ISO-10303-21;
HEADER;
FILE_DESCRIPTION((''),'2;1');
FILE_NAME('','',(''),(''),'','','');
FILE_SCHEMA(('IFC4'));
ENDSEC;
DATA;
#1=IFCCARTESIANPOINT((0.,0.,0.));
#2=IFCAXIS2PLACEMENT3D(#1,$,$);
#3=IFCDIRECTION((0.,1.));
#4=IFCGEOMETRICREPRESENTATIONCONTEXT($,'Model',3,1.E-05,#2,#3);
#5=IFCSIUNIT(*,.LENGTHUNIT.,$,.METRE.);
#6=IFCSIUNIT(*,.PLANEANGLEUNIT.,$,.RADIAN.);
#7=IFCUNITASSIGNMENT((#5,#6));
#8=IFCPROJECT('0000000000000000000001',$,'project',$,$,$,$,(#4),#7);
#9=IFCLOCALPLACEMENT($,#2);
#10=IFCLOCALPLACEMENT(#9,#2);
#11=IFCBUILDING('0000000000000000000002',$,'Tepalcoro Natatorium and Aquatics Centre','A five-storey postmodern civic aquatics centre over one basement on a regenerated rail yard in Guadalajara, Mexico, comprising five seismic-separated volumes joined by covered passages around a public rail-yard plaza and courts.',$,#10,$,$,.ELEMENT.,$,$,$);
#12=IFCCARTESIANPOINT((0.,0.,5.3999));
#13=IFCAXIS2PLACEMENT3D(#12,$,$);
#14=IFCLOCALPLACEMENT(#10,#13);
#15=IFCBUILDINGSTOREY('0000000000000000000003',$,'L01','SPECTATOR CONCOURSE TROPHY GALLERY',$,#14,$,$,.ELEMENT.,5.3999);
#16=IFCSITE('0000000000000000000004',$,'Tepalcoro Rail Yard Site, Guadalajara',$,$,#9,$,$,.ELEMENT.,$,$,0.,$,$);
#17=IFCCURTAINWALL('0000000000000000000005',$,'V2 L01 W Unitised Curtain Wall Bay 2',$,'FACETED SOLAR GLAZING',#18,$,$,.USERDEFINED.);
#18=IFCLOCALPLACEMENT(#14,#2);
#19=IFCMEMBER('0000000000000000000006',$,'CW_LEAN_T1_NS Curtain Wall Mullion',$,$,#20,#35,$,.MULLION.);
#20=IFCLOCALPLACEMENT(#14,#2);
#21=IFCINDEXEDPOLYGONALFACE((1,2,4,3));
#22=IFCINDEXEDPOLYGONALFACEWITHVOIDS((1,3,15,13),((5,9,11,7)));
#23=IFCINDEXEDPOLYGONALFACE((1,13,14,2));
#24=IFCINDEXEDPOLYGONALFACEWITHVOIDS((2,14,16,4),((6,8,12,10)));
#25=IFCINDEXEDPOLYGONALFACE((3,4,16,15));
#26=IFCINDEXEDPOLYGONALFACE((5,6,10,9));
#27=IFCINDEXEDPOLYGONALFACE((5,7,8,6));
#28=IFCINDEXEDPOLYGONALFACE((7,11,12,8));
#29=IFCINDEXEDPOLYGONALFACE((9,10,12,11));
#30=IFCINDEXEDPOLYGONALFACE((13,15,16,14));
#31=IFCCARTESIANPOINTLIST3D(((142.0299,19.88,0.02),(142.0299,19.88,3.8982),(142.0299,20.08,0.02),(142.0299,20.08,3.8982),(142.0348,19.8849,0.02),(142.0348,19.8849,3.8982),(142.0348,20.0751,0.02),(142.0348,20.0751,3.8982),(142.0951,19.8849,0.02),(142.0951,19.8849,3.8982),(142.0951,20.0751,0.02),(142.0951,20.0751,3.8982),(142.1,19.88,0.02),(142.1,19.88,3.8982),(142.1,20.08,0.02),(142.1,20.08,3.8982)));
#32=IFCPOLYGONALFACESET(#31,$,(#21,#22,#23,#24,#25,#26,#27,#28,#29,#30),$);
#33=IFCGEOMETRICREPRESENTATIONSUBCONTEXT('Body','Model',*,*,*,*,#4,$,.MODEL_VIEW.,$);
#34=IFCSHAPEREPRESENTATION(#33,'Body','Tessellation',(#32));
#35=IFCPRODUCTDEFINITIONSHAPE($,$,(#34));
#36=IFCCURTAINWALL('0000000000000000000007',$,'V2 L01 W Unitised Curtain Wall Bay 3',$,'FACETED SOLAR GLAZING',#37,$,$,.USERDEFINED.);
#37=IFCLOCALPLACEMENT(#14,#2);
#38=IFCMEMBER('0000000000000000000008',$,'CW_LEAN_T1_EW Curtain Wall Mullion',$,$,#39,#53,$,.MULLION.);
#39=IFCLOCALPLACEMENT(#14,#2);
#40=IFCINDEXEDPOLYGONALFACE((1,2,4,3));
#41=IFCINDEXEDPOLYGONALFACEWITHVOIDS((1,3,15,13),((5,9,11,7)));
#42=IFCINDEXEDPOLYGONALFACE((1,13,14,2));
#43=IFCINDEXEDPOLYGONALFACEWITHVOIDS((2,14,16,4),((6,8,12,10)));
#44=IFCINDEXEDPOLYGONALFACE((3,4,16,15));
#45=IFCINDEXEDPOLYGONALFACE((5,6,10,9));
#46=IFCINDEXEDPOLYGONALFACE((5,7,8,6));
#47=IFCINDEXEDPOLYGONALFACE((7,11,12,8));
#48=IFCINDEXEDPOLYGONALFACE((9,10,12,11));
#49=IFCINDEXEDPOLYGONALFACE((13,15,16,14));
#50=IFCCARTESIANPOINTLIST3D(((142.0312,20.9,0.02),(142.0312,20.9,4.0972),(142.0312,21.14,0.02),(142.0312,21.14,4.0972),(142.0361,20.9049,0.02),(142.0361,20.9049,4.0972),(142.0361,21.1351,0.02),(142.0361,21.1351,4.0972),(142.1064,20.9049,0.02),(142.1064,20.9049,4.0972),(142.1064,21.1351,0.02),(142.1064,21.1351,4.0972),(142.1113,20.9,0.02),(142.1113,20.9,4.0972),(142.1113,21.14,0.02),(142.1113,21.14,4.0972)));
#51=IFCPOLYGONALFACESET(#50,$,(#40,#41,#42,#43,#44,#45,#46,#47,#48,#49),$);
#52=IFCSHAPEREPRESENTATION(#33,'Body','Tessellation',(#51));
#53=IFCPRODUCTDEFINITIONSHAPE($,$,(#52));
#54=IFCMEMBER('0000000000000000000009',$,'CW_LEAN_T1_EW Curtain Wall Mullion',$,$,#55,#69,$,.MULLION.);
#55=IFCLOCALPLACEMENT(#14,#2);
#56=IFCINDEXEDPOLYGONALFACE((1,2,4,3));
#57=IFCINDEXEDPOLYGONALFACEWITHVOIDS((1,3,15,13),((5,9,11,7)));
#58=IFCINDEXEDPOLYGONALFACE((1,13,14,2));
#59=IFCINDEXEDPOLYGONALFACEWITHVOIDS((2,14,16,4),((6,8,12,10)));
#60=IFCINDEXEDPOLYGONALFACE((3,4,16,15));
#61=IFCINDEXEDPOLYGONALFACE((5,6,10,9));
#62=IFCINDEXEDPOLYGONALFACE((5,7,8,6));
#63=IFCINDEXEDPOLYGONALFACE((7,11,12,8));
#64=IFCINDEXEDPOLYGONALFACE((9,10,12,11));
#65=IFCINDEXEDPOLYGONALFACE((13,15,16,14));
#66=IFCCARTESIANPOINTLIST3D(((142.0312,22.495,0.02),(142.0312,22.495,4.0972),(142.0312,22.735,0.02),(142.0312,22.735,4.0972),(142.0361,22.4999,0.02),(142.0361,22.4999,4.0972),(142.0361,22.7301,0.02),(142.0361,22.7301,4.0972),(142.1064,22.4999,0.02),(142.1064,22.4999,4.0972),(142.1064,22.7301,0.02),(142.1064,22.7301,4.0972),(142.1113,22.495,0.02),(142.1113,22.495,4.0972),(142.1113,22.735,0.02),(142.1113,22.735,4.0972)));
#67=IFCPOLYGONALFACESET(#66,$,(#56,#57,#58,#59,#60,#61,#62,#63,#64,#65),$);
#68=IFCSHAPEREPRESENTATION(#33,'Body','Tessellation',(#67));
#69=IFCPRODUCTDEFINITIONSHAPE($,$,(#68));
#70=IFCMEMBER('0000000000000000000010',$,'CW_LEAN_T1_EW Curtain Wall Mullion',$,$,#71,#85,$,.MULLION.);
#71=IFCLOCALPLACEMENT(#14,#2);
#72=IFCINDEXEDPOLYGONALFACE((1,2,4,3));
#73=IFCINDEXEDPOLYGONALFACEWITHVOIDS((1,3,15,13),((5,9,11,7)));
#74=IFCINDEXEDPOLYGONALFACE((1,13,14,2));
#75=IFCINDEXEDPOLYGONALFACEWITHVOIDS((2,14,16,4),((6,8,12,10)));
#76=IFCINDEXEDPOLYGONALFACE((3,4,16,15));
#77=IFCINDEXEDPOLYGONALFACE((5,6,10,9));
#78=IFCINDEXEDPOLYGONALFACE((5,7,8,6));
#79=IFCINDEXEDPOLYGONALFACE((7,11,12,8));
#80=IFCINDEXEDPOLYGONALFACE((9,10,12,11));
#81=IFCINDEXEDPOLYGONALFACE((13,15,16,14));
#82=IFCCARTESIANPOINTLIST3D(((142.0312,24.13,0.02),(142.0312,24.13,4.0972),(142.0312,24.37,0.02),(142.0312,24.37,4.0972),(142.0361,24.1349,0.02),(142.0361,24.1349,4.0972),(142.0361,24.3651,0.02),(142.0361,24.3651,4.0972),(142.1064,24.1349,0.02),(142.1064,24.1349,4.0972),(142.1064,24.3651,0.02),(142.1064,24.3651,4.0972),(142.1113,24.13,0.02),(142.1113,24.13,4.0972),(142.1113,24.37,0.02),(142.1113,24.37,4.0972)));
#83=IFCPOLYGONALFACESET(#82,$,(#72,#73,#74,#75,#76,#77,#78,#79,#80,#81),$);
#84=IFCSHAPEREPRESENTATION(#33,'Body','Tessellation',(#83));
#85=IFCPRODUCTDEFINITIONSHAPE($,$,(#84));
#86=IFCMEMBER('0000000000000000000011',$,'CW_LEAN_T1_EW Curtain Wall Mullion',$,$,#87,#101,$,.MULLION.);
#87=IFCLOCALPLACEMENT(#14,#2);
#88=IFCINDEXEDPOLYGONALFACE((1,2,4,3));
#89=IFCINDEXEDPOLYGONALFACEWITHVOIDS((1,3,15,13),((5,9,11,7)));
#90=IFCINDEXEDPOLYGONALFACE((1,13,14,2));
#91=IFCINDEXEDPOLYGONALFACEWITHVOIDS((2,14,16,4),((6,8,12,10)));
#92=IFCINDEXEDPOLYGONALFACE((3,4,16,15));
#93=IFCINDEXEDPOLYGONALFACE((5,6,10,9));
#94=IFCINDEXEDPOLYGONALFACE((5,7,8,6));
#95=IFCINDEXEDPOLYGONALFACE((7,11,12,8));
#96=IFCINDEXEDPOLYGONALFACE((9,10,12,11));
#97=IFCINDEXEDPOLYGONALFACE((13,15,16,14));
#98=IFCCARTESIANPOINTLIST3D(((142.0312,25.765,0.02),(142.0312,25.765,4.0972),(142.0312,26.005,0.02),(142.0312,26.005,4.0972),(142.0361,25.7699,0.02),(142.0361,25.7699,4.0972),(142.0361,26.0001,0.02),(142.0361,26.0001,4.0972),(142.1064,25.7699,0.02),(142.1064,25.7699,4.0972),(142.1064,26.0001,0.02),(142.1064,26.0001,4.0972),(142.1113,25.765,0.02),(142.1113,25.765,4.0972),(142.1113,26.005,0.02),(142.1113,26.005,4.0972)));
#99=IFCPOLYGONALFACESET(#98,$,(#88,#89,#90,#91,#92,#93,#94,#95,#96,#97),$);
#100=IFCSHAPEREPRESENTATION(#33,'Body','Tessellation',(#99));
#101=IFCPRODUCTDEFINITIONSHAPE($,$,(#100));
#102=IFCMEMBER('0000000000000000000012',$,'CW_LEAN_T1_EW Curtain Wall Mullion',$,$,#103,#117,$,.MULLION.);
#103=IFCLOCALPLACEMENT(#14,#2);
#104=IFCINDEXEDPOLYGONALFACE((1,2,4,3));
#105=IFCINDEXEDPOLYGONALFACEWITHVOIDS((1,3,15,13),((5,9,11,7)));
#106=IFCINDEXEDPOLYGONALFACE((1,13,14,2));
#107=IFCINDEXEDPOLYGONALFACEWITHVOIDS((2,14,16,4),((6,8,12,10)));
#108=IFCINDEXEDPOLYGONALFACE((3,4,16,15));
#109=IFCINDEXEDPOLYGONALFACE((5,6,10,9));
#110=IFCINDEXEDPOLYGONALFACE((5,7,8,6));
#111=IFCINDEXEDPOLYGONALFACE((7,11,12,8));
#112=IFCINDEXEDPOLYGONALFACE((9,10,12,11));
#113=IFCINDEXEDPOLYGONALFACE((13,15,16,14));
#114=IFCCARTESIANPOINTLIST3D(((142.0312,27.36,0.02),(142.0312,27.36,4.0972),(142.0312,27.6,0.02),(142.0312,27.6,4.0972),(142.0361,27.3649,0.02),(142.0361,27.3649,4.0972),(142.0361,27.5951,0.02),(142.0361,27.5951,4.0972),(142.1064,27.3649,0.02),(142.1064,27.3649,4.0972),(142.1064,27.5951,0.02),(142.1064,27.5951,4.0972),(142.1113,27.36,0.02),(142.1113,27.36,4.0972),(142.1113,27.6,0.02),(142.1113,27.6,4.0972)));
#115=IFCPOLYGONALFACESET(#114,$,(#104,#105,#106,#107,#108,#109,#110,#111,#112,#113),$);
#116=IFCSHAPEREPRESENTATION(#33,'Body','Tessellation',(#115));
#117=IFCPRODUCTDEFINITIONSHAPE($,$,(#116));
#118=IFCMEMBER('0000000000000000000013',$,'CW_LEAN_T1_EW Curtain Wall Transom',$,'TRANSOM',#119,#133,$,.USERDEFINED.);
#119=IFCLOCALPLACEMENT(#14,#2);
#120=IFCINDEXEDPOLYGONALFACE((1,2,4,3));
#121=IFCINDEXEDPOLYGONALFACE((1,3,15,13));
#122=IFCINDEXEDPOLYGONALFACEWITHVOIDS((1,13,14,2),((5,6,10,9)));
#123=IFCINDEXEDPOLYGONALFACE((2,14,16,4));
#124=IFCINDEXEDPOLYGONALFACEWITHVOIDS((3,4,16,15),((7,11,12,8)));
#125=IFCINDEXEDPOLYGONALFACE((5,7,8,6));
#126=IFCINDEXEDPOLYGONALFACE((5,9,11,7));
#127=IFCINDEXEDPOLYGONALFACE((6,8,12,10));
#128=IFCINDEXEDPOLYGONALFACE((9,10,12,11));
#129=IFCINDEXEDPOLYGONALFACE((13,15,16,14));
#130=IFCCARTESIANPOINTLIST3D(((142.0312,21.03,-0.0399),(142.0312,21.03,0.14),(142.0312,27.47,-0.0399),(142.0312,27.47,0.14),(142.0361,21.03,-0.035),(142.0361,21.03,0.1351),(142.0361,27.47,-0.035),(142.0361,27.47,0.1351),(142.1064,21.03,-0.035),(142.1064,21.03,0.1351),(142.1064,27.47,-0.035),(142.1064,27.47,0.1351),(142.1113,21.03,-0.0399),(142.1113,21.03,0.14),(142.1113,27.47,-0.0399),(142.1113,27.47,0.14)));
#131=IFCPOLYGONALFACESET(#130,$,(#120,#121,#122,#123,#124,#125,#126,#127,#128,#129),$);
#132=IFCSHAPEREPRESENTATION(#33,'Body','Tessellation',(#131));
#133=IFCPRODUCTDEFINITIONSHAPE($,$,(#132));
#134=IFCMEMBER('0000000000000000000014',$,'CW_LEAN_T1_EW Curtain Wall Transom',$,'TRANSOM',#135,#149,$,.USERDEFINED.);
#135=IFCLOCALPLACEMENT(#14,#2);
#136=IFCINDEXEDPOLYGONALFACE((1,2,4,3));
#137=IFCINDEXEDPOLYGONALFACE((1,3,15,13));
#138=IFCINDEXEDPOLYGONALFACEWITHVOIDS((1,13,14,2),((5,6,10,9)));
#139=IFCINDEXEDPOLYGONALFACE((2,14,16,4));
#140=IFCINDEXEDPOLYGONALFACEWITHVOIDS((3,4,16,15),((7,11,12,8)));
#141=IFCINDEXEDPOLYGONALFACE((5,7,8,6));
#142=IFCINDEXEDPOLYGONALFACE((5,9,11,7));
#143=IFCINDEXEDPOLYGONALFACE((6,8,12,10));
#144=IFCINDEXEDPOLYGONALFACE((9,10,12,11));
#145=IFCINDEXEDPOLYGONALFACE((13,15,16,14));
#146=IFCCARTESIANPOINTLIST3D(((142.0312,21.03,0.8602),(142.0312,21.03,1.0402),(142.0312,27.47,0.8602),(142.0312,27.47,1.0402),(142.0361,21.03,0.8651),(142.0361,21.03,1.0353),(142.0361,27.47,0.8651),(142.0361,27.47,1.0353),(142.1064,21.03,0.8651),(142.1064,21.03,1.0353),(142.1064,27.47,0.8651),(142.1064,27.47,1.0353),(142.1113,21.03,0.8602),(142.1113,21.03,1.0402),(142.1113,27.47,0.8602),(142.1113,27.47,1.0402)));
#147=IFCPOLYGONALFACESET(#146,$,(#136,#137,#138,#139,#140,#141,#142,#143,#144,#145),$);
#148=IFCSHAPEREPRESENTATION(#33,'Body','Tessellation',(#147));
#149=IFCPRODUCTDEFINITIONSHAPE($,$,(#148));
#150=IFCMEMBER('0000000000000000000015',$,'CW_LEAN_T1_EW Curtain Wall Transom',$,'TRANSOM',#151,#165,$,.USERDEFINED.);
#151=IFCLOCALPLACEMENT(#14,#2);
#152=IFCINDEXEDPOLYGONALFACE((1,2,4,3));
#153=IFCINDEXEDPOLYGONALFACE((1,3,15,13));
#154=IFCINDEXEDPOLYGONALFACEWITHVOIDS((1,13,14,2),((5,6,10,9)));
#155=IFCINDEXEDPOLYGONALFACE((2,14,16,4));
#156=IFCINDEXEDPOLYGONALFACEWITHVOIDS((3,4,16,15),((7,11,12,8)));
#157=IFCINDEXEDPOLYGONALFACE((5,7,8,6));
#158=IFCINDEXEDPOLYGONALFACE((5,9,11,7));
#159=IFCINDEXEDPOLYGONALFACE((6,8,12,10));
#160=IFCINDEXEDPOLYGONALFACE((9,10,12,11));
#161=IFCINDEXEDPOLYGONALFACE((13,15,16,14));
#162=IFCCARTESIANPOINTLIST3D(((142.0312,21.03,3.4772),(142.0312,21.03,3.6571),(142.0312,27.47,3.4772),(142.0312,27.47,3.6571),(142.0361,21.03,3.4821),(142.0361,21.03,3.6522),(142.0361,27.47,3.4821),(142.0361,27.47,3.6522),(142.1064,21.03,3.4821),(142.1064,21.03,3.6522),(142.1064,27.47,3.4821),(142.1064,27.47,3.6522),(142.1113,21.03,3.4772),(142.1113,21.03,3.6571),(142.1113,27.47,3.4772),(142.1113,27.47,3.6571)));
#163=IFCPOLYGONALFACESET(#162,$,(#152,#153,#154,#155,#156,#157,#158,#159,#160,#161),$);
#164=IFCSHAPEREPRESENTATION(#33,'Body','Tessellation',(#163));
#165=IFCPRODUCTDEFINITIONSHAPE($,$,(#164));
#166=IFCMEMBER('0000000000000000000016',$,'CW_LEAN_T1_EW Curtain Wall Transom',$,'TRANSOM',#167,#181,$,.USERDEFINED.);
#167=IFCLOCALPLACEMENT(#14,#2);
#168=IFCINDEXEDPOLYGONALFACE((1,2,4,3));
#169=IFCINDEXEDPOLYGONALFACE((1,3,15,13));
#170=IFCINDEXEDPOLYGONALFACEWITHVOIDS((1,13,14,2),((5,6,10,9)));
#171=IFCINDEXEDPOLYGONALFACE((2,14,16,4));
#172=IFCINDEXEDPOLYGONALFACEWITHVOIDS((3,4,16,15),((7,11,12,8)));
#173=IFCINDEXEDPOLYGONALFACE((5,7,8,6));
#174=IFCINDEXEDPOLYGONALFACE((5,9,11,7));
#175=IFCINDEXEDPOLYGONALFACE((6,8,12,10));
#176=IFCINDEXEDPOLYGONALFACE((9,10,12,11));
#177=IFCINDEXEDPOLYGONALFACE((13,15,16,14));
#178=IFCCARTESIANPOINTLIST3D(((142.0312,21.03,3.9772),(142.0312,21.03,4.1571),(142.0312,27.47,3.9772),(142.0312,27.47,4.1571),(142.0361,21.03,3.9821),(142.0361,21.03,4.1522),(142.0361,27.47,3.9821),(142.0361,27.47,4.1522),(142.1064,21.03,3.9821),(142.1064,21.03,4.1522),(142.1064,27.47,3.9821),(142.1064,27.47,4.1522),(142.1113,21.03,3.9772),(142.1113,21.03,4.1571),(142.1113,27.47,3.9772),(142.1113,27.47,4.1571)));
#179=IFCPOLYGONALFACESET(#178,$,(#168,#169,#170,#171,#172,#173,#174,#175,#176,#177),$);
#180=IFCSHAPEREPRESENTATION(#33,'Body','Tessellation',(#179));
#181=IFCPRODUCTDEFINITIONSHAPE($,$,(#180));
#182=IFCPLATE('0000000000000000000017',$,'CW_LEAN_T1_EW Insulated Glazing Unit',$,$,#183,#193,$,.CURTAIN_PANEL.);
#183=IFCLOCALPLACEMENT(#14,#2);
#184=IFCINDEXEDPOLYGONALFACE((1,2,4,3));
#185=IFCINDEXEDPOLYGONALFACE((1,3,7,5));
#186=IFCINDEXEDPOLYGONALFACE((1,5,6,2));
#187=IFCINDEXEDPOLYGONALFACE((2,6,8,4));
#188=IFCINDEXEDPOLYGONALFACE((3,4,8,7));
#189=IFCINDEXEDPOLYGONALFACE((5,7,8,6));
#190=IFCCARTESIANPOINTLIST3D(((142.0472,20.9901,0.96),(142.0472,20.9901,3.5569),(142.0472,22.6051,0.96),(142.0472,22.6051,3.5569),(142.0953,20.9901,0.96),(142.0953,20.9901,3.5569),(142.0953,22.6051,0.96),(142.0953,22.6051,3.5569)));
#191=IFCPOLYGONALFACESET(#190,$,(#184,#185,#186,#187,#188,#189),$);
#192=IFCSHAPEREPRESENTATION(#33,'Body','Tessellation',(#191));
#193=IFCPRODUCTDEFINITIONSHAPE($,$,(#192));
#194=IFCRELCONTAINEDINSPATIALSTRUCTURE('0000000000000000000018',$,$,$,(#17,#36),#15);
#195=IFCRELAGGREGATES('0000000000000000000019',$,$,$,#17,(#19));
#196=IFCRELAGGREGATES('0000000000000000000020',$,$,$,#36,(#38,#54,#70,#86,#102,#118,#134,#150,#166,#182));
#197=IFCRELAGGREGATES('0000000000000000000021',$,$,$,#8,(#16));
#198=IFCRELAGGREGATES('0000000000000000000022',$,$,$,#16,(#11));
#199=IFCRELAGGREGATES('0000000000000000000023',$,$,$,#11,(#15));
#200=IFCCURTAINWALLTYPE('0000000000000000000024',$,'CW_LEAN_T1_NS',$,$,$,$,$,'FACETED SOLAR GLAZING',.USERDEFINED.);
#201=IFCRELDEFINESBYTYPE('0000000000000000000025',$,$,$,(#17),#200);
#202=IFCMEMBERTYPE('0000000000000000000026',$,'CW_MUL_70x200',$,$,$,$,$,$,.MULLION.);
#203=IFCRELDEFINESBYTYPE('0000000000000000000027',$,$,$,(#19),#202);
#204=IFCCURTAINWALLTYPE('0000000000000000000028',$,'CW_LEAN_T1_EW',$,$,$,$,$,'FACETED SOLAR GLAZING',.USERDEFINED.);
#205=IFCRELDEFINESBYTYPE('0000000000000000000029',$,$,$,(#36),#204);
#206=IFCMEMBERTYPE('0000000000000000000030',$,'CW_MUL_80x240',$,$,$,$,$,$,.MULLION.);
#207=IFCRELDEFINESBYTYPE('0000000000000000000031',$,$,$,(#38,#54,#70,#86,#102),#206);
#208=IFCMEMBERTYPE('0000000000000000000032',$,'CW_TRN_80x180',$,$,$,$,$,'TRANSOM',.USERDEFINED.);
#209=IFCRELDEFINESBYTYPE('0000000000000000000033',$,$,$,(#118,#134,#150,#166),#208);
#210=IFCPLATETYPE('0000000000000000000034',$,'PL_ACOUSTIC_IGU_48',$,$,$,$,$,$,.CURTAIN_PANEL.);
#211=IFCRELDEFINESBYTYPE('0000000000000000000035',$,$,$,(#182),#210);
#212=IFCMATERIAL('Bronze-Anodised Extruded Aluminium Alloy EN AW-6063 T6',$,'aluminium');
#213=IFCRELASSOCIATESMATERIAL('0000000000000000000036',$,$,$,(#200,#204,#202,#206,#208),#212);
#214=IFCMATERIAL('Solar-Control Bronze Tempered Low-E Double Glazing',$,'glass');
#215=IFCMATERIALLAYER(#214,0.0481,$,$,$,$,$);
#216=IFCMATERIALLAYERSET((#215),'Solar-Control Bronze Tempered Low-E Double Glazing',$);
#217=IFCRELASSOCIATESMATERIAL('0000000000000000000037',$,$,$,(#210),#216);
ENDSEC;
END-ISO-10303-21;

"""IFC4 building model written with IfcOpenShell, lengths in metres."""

from ifc_helpers import new_model, si_unit, direction, frame, origin, origin_2d, place, context, subcontext, project, spatial, rectangle, hollow_rectangle, extrude, material, layer, layer_set, material_profile, profile_set, type_object, element, aggregate, save


model = new_model("IFC4")

# Units and contexts
model_context = context("Model", 3, precision=1e-05, world=origin(), true_north=direction((0.0, 1.0)))
body_context = subcontext(model_context, "Body", "Model", "MODEL_VIEW")
ifc_project = project(units=[si_unit("LENGTHUNIT", "METRE"), si_unit("PLANEANGLEUNIT", "RADIAN")], contexts=[model_context])

# Site, building, storey
site_placement = place(None, origin())
site = spatial("IfcSite", under=ifc_project, at=site_placement, Name="Tepalcoro Rail Yard Site, Guadalajara", CompositionType="ELEMENT", RefElevation=0.0)
building_placement = place(site_placement, origin())
building = spatial("IfcBuilding", under=site, at=building_placement, Name="Tepalcoro Natatorium and Aquatics Centre", Description="A five-storey postmodern civic aquatics centre over one basement on a regenerated rail yard in Guadalajara, Mexico, comprising five seismic-separated volumes joined by covered passages around a public rail-yard plaza and courts.", CompositionType="ELEMENT")
storey_placement = place(building_placement, frame((0.0, 0.0, 5.3999)))
storey = spatial("IfcBuildingStorey", under=building, at=storey_placement, Name="L01", Description="SPECTATOR CONCOURSE TROPHY GALLERY", CompositionType="ELEMENT", Elevation=5.3999)

# Curtain wall, member
ifc_material_1 = material(Name="Bronze-Anodised Extruded Aluminium Alloy EN AW-6063 T6", Category="aluminium")
curtain_wall_type_1 = type_object("IfcCurtainWallType", Name="CW_LEAN_T1_NS", ElementType="FACETED SOLAR GLAZING", PredefinedType="USERDEFINED", material=ifc_material_1)
curtain_wall_1_placement = place(storey_placement, origin())
curtain_wall_1 = element("IfcCurtainWall", 1, at=curtain_wall_1_placement, inside=storey, type_object=curtain_wall_type_1, Name="V2 L01 W Unitised Curtain Wall Bay 2", ObjectType="FACETED SOLAR GLAZING", PredefinedType="USERDEFINED")
ifc_material_profile_1 = material_profile(ifc_material_1, hollow_rectangle(XDim=0.0701, YDim=0.2, WallThickness=0.0049, at=origin_2d()), Name="AL70X200X5")
ifc_profile_set_1 = profile_set([ifc_material_profile_1], Name="Bronze-Anodised Extruded Aluminium Alloy EN AW-6063 T6")
member_type_1 = type_object("IfcMemberType", Name="CW_MUL_70x200", PredefinedType="MULLION", material=ifc_profile_set_1)
member_1_placement = place(storey_placement, frame((142.0649, 19.98, 0.02), z_axis=(0.0, 0.0, 1.0), x_axis=(1.0, 0.0, 0.0)))
member_1 = element("IfcMember", 2, at=member_1_placement, type_object=member_type_1, Name="CW_LEAN_T1_NS Curtain Wall Mullion", PredefinedType="MULLION", context=body_context, shape_type="SweptSolid", body=[
    extrude(hollow_rectangle(XDim=0.0701, YDim=0.2, WallThickness=0.0049, at=origin_2d()), origin(), (0.0, 0.0, 1.0), 3.8782),
])

# Curtain wall, members, plate
curtain_wall_type_2 = type_object("IfcCurtainWallType", Name="CW_LEAN_T1_EW", ElementType="FACETED SOLAR GLAZING", PredefinedType="USERDEFINED", material=ifc_material_1)
curtain_wall_2_placement = place(storey_placement, origin())
curtain_wall_2 = element("IfcCurtainWall", 3, at=curtain_wall_2_placement, inside=storey, type_object=curtain_wall_type_2, Name="V2 L01 W Unitised Curtain Wall Bay 3", ObjectType="FACETED SOLAR GLAZING", PredefinedType="USERDEFINED")
ifc_material_profile_2 = material_profile(ifc_material_1, hollow_rectangle(XDim=0.0801, YDim=0.24, WallThickness=0.0049, at=origin_2d()), Name="AL80X240X5")
ifc_profile_set_2 = profile_set([ifc_material_profile_2], Name="Bronze-Anodised Extruded Aluminium Alloy EN AW-6063 T6")
member_type_2 = type_object("IfcMemberType", Name="CW_MUL_80x240", PredefinedType="MULLION", material=ifc_profile_set_2)
member_2_placement = place(storey_placement, frame((142.0713, 21.02, 0.02), z_axis=(0.0, 0.0, 1.0), x_axis=(1.0, 0.0, 0.0)))
member_2 = element("IfcMember", 4, at=member_2_placement, type_object=member_type_2, Name="CW_LEAN_T1_EW Curtain Wall Mullion", PredefinedType="MULLION", context=body_context, shape_type="SweptSolid", body=[
    extrude(hollow_rectangle(XDim=0.0801, YDim=0.24, WallThickness=0.0049, at=origin_2d()), origin(), (0.0, 0.0, 1.0), 4.0771),
])
member_3_placement = place(storey_placement, frame((142.0713, 22.615, 0.02), z_axis=(0.0, 0.0, 1.0), x_axis=(1.0, 0.0, 0.0)))
member_3 = element("IfcMember", 5, at=member_3_placement, type_object=member_type_2, Name="CW_LEAN_T1_EW Curtain Wall Mullion", PredefinedType="MULLION", context=body_context, shape_type="SweptSolid", body=[
    extrude(hollow_rectangle(XDim=0.0801, YDim=0.24, WallThickness=0.0049, at=origin_2d()), origin(), (0.0, 0.0, 1.0), 4.0771),
])
member_4_placement = place(storey_placement, frame((142.0713, 24.25, 0.02), z_axis=(0.0, 0.0, 1.0), x_axis=(1.0, 0.0, 0.0)))
member_4 = element("IfcMember", 6, at=member_4_placement, type_object=member_type_2, Name="CW_LEAN_T1_EW Curtain Wall Mullion", PredefinedType="MULLION", context=body_context, shape_type="SweptSolid", body=[
    extrude(hollow_rectangle(XDim=0.0801, YDim=0.24, WallThickness=0.0049, at=origin_2d()), origin(), (0.0, 0.0, 1.0), 4.0771),
])
member_5_placement = place(storey_placement, frame((142.0713, 25.885, 0.02), z_axis=(0.0, 0.0, 1.0), x_axis=(1.0, 0.0, 0.0)))
member_5 = element("IfcMember", 7, at=member_5_placement, type_object=member_type_2, Name="CW_LEAN_T1_EW Curtain Wall Mullion", PredefinedType="MULLION", context=body_context, shape_type="SweptSolid", body=[
    extrude(hollow_rectangle(XDim=0.0801, YDim=0.24, WallThickness=0.0049, at=origin_2d()), origin(), (0.0, 0.0, 1.0), 4.0771),
])
member_6_placement = place(storey_placement, frame((142.0713, 27.48, 0.02), z_axis=(0.0, 0.0, 1.0), x_axis=(1.0, 0.0, 0.0)))
member_6 = element("IfcMember", 8, at=member_6_placement, type_object=member_type_2, Name="CW_LEAN_T1_EW Curtain Wall Mullion", PredefinedType="MULLION", context=body_context, shape_type="SweptSolid", body=[
    extrude(hollow_rectangle(XDim=0.0801, YDim=0.24, WallThickness=0.0049, at=origin_2d()), origin(), (0.0, 0.0, 1.0), 4.0771),
])
ifc_material_profile_3 = material_profile(ifc_material_1, hollow_rectangle(XDim=0.0801, YDim=0.1799, WallThickness=0.0049, at=origin_2d()), Name="AL80X180X5")
ifc_profile_set_3 = profile_set([ifc_material_profile_3], Name="Bronze-Anodised Extruded Aluminium Alloy EN AW-6063 T6")
member_type_3 = type_object("IfcMemberType", Name="CW_TRN_80x180", ElementType="TRANSOM", PredefinedType="USERDEFINED", material=ifc_profile_set_3)
member_7_placement = place(storey_placement, frame((142.0713, 21.03, 0.05), z_axis=(0.0, 1.0, 0.0), x_axis=(-1.0, 0.0, 0.0)))
member_7 = element("IfcMember", 9, at=member_7_placement, type_object=member_type_3, Name="CW_LEAN_T1_EW Curtain Wall Transom", ObjectType="TRANSOM", PredefinedType="USERDEFINED", context=body_context, shape_type="SweptSolid", body=[
    extrude(hollow_rectangle(XDim=0.0801, YDim=0.1799, WallThickness=0.0049, at=origin_2d()), origin(), (0.0, 0.0, 1.0), 6.4399),
])
member_8_placement = place(storey_placement, frame((142.0713, 21.03, 0.9502), z_axis=(0.0, 1.0, 0.0), x_axis=(-1.0, 0.0, 0.0)))
member_8 = element("IfcMember", 10, at=member_8_placement, type_object=member_type_3, Name="CW_LEAN_T1_EW Curtain Wall Transom", ObjectType="TRANSOM", PredefinedType="USERDEFINED", context=body_context, shape_type="SweptSolid", body=[
    extrude(hollow_rectangle(XDim=0.0801, YDim=0.1799, WallThickness=0.0049, at=origin_2d()), origin(), (0.0, 0.0, 1.0), 6.4399),
])
member_9_placement = place(storey_placement, frame((142.0713, 21.03, 3.5671), z_axis=(0.0, 1.0, 0.0), x_axis=(-1.0, 0.0, 0.0)))
member_9 = element("IfcMember", 11, at=member_9_placement, type_object=member_type_3, Name="CW_LEAN_T1_EW Curtain Wall Transom", ObjectType="TRANSOM", PredefinedType="USERDEFINED", context=body_context, shape_type="SweptSolid", body=[
    extrude(hollow_rectangle(XDim=0.0801, YDim=0.1799, WallThickness=0.0049, at=origin_2d()), origin(), (0.0, 0.0, 1.0), 6.4399),
])
member_10_placement = place(storey_placement, frame((142.0713, 21.03, 4.0671), z_axis=(0.0, 1.0, 0.0), x_axis=(-1.0, 0.0, 0.0)))
member_10 = element("IfcMember", 12, at=member_10_placement, type_object=member_type_3, Name="CW_LEAN_T1_EW Curtain Wall Transom", ObjectType="TRANSOM", PredefinedType="USERDEFINED", context=body_context, shape_type="SweptSolid", body=[
    extrude(hollow_rectangle(XDim=0.0801, YDim=0.1799, WallThickness=0.0049, at=origin_2d()), origin(), (0.0, 0.0, 1.0), 6.4399),
])
ifc_material_2 = material(Name="Solar-Control Bronze Tempered Low-E Double Glazing", Category="glass")
ifc_layer_1 = layer(ifc_material_2, 0.0481)
ifc_layer_set_1 = layer_set([ifc_layer_1], Name="Solar-Control Bronze Tempered Low-E Double Glazing")
plate_type_1 = type_object("IfcPlateType", Name="PL_ACOUSTIC_IGU_48", PredefinedType="CURTAIN_PANEL", material=ifc_layer_set_1)
plate_1_placement = place(storey_placement, frame((142.0713, 21.7976, 0.96), z_axis=(0.0, 0.0, 1.0), x_axis=(1.0, 0.0, 0.0)))
plate_1 = element("IfcPlate", 13, at=plate_1_placement, type_object=plate_type_1, Name="CW_LEAN_T1_EW Insulated Glazing Unit", PredefinedType="CURTAIN_PANEL", context=body_context, shape_type="SweptSolid", body=[
    extrude(rectangle(XDim=0.0481, YDim=1.615, at=origin_2d()), origin(), (0.0, 0.0, 1.0), 2.5969),
])

aggregate(curtain_wall_1, [member_1])
aggregate(curtain_wall_2, [member_2, member_3, member_4, member_5, member_6, member_7, member_8, member_9, member_10, plate_1])

save(model, "model.ifc")
